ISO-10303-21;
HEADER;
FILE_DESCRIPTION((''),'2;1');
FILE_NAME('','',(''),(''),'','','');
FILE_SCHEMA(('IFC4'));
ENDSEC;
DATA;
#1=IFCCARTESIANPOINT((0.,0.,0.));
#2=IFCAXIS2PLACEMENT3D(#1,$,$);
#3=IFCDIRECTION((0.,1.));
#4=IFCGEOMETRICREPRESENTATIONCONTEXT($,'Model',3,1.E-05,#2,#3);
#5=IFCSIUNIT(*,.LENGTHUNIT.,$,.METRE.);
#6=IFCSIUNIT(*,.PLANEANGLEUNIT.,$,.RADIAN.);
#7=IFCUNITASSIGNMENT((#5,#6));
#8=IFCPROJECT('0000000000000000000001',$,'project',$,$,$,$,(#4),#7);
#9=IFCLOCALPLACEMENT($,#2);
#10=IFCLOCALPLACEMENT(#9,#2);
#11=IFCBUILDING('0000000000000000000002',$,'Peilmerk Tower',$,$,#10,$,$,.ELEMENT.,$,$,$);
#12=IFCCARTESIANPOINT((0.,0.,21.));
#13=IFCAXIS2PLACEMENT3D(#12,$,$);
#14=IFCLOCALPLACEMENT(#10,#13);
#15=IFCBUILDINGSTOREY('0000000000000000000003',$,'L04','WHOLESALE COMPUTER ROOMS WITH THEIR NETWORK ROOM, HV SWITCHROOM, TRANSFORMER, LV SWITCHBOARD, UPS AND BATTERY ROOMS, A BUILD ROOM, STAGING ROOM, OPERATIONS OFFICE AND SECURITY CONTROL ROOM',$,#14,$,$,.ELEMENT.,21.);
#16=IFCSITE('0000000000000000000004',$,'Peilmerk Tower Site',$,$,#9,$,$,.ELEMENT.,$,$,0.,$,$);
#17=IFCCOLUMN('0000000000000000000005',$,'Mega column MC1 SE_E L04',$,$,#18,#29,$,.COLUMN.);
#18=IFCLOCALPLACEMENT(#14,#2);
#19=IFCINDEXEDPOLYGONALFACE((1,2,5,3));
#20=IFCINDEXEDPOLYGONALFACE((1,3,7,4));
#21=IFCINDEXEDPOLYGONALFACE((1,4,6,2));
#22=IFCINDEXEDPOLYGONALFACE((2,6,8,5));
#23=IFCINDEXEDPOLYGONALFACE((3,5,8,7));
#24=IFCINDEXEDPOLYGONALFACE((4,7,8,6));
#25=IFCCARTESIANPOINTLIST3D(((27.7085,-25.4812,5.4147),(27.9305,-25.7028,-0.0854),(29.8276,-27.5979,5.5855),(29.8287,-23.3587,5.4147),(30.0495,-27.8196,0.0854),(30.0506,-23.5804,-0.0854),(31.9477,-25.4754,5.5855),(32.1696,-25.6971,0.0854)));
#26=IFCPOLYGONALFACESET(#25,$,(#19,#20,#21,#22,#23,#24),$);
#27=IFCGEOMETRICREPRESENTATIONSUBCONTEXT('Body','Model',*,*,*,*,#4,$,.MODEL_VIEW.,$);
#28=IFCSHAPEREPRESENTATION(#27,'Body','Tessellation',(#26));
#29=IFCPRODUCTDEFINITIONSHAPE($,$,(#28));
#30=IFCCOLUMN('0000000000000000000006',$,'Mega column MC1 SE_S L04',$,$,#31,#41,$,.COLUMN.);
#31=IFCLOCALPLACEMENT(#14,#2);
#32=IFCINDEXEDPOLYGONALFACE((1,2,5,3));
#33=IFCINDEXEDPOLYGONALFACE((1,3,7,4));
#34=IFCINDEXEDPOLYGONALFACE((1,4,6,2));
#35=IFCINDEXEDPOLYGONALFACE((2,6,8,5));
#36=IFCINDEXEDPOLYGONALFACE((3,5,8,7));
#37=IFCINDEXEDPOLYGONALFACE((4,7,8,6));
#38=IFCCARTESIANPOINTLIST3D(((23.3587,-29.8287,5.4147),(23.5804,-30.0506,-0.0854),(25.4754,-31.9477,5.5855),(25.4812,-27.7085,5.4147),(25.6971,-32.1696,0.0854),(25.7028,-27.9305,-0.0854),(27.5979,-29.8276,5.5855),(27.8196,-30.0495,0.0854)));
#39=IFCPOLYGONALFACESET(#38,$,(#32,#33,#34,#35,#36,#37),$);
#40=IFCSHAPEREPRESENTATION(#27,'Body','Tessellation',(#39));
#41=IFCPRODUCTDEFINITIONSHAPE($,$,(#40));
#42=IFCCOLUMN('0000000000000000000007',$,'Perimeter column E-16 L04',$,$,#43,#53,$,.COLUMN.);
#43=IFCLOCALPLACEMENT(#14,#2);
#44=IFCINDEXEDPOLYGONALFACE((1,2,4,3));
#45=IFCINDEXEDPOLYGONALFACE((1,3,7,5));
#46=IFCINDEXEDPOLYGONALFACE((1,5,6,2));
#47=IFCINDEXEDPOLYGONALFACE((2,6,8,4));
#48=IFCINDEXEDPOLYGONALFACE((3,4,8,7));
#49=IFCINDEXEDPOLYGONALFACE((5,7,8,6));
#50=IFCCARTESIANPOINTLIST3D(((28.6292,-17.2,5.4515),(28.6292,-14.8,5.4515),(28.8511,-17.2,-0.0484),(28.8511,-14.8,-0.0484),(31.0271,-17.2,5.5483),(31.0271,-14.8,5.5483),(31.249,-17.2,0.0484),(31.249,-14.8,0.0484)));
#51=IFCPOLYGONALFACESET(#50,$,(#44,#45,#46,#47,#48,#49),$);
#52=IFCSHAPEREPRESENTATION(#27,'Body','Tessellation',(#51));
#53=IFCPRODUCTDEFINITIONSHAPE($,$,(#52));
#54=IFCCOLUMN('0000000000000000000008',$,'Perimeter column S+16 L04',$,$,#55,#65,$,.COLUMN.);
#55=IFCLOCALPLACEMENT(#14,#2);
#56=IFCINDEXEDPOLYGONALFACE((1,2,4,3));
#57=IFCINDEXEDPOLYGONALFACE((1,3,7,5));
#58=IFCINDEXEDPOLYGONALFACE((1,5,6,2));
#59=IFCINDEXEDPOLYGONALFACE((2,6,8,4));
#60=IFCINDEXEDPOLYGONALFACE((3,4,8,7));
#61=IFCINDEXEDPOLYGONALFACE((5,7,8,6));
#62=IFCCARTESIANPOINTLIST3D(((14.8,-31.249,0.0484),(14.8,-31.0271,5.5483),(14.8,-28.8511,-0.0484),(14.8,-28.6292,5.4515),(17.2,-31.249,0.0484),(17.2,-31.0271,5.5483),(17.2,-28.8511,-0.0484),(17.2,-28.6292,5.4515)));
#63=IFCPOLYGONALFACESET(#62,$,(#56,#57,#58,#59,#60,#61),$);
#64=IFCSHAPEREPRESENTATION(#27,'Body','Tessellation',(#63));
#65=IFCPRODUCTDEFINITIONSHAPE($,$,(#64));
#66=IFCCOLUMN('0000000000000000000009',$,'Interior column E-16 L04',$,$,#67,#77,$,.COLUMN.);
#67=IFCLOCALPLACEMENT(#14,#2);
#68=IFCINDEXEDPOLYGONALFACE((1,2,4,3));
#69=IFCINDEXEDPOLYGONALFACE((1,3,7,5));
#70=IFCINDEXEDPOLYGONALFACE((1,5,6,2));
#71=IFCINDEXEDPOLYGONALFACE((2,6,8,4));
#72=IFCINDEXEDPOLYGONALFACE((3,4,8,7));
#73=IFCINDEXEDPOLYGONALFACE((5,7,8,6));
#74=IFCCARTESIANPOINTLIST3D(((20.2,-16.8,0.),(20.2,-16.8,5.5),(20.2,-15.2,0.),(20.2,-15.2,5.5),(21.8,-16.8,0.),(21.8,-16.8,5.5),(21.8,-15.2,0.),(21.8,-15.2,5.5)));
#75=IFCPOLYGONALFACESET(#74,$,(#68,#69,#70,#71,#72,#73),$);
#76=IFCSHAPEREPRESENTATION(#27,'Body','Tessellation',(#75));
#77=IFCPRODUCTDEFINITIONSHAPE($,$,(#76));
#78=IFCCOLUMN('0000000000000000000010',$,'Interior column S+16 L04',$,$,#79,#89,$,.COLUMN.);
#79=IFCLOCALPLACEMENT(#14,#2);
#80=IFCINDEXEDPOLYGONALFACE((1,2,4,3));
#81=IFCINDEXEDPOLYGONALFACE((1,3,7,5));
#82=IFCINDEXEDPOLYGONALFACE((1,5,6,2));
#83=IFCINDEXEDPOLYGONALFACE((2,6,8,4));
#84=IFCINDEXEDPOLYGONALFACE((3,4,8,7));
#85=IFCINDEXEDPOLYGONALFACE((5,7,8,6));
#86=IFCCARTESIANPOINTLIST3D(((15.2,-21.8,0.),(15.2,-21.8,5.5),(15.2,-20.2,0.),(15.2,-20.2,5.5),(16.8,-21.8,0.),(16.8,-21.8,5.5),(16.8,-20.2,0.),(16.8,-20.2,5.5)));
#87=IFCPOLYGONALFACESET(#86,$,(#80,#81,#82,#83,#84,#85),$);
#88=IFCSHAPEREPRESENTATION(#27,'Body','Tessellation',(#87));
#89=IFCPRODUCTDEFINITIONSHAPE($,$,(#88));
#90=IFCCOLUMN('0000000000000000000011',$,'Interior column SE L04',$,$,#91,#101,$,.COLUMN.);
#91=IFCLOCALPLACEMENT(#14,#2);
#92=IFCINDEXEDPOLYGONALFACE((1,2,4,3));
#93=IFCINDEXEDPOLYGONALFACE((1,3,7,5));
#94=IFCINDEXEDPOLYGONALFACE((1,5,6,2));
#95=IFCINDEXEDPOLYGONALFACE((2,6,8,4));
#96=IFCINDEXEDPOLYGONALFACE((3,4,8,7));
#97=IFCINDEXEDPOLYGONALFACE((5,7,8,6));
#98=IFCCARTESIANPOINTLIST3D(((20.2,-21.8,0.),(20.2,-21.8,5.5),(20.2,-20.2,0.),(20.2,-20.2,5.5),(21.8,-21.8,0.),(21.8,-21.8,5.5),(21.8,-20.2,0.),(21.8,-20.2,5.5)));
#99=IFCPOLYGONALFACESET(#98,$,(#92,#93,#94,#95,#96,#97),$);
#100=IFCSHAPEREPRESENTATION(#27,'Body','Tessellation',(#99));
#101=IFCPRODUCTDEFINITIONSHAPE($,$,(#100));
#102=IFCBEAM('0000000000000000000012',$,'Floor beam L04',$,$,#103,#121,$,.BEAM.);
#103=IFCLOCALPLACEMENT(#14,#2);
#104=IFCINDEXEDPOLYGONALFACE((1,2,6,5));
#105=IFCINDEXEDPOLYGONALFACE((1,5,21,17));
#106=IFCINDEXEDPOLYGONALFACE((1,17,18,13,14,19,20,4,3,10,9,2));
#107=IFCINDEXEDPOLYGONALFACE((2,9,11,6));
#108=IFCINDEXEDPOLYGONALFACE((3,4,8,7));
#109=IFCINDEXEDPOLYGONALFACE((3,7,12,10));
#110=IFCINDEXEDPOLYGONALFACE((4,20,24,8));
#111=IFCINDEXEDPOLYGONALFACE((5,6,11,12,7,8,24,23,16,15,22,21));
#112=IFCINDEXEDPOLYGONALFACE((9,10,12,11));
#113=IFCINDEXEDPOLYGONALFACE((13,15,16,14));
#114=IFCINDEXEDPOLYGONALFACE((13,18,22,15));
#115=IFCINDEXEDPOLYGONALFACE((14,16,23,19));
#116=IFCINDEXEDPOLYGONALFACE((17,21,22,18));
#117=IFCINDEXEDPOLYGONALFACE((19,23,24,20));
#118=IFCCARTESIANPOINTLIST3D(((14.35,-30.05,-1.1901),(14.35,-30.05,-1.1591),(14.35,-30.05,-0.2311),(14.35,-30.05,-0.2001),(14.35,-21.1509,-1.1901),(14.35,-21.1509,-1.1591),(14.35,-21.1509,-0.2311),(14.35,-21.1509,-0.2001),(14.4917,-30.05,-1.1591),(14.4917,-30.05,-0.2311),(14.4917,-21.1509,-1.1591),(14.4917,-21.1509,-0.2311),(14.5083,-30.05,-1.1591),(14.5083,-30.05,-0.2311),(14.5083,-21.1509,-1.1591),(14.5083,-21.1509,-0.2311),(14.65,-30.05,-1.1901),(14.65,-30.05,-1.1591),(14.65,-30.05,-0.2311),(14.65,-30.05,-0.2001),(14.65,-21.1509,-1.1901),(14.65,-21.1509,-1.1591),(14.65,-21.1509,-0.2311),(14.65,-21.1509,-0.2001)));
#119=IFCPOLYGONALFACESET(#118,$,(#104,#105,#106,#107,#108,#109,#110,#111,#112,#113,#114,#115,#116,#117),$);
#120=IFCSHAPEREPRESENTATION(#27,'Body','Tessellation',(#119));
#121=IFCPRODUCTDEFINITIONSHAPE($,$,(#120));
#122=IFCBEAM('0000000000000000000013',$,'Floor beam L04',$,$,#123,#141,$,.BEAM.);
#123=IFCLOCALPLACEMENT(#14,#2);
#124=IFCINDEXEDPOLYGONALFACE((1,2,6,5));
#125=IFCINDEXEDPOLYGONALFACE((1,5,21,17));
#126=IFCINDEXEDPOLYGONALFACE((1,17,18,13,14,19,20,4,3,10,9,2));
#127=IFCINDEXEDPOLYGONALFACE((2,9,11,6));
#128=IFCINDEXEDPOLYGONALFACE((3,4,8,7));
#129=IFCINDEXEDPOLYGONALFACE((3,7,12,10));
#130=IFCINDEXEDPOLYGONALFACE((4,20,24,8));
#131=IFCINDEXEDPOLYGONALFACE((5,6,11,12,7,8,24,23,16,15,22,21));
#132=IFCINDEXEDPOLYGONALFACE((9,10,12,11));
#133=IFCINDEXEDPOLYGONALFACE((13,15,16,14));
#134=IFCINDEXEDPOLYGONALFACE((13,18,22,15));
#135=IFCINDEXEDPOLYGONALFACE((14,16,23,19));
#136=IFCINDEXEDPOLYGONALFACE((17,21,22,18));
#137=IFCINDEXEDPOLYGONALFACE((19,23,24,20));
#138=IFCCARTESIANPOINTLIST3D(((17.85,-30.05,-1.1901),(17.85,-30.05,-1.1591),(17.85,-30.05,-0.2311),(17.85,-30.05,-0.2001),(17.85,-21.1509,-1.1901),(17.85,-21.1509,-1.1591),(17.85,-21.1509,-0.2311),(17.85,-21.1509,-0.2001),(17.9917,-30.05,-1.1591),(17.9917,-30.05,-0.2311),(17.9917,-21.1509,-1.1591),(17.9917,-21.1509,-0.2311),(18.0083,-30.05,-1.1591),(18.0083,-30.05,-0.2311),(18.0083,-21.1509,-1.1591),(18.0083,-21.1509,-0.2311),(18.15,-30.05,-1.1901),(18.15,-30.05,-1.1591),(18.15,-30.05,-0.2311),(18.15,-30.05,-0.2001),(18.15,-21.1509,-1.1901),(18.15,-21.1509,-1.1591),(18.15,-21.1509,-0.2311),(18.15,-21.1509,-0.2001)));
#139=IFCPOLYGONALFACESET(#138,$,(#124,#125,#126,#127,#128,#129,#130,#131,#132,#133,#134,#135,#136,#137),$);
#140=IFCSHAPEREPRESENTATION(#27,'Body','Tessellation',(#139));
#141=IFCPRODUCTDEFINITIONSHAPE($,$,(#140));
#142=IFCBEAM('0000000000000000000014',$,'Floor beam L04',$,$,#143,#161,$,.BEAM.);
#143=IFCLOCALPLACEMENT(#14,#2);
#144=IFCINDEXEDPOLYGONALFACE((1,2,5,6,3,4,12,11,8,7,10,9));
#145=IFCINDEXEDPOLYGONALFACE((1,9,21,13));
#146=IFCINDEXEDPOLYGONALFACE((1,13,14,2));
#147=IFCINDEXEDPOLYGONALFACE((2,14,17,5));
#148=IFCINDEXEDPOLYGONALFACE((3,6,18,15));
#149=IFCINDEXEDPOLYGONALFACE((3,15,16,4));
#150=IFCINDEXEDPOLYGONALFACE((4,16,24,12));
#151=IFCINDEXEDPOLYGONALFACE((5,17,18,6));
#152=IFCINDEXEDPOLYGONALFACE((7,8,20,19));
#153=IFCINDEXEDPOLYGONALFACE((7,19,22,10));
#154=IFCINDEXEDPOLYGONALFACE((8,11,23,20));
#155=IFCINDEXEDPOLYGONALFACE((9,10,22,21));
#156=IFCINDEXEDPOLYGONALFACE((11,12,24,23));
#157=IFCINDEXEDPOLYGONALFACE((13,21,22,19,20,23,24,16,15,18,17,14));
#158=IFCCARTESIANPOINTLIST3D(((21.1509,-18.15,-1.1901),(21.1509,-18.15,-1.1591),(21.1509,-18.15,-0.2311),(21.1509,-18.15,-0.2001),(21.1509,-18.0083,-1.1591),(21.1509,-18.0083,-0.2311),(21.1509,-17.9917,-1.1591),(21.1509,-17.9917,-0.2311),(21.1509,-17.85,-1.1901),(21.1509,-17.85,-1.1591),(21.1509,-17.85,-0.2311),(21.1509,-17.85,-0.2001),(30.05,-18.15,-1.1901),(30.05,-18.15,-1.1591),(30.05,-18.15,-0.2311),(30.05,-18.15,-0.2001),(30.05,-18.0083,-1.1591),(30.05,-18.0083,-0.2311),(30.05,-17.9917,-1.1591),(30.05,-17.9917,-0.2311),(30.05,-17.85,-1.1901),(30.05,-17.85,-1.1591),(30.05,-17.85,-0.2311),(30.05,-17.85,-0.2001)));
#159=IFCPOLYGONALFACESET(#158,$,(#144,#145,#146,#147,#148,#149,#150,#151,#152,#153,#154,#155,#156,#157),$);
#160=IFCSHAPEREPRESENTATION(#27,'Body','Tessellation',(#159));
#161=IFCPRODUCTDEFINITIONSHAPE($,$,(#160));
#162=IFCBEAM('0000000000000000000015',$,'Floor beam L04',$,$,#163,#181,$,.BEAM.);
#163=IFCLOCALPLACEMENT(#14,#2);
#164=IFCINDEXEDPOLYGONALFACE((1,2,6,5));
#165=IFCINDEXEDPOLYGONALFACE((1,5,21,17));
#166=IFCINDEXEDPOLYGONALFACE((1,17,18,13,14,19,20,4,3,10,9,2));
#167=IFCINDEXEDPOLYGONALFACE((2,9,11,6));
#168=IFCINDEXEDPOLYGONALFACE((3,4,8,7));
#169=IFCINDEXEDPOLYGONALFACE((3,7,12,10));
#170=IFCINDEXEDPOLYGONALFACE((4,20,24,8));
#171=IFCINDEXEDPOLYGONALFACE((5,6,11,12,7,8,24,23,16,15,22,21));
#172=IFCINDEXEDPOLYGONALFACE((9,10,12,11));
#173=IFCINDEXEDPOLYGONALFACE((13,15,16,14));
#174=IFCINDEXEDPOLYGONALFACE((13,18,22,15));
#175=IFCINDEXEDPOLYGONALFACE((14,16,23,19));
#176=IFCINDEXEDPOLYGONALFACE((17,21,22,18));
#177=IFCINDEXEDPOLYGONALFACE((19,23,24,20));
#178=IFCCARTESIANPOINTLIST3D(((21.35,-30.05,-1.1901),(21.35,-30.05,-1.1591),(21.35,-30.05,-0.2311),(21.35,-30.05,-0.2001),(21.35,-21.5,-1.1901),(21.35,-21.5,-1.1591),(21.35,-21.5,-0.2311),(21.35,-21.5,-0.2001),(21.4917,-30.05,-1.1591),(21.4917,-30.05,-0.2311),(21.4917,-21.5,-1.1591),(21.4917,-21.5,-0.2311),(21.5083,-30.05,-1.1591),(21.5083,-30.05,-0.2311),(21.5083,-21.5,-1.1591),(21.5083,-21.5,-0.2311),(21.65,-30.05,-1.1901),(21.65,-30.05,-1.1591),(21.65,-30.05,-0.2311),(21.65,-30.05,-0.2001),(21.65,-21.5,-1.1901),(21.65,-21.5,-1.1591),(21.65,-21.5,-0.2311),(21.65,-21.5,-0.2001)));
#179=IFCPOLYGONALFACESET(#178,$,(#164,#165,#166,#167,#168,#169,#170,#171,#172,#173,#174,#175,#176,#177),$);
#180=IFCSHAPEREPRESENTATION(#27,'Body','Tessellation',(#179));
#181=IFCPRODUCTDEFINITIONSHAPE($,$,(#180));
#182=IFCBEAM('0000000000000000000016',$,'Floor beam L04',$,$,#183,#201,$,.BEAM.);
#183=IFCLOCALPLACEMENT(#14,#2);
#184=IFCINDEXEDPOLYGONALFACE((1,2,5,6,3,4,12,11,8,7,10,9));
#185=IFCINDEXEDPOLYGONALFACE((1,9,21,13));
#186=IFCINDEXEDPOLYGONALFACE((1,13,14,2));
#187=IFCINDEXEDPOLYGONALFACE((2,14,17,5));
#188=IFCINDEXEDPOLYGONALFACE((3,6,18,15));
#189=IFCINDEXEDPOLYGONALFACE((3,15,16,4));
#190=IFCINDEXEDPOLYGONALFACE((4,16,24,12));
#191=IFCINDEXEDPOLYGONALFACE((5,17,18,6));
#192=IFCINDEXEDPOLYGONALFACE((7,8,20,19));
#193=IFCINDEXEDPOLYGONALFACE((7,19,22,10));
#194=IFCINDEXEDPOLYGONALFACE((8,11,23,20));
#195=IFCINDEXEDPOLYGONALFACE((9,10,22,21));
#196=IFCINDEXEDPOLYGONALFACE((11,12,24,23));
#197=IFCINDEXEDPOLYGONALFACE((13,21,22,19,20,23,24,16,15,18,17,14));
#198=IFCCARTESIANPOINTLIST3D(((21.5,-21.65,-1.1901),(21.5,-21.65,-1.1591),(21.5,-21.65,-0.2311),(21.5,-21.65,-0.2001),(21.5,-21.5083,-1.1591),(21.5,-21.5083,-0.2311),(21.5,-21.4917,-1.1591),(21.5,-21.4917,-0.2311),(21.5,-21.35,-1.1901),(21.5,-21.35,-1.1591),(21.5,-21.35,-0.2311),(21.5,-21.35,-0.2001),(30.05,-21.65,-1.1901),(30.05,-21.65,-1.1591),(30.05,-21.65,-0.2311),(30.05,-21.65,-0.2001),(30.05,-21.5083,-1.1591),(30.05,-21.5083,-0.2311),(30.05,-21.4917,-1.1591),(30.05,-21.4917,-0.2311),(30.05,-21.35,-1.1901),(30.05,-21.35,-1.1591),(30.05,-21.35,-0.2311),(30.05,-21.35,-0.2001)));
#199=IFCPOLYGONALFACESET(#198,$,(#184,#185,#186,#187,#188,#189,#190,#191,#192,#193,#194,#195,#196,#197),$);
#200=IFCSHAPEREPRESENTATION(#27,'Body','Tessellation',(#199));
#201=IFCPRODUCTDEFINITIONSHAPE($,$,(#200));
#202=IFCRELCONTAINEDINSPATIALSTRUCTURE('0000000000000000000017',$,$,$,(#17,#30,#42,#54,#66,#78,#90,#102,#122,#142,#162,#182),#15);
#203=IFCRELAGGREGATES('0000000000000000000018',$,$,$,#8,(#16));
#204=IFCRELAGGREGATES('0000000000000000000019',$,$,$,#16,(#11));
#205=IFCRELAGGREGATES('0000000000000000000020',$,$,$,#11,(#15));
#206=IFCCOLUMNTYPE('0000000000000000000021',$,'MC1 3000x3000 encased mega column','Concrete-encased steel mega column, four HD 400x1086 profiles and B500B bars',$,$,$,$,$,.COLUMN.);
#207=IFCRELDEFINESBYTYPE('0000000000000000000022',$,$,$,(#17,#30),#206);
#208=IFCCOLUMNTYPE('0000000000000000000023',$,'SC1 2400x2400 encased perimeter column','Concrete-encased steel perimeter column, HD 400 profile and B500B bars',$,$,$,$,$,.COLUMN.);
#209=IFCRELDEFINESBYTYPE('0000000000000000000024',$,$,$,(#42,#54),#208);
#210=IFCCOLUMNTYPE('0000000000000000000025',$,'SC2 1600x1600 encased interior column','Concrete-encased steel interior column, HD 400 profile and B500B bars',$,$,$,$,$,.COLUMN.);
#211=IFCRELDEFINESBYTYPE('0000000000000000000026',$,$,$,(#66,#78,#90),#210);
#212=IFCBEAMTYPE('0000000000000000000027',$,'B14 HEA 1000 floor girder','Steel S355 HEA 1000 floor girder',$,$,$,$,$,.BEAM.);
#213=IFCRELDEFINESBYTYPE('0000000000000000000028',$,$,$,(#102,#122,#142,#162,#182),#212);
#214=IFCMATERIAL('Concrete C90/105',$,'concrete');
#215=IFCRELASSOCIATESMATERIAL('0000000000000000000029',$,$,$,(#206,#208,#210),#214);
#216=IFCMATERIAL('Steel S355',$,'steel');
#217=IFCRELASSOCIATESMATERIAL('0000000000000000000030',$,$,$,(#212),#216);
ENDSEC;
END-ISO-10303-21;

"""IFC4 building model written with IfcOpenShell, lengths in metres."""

from ifc_helpers import new_model, si_unit, direction, frame, origin, origin_2d, place, context, subcontext, project, spatial, rectangle, i_section, extrude, material, material_profile, profile_set, type_object, element, save


model = new_model("IFC4")

# Units and contexts
model_context = context("Model", 3, precision=1e-05, world=origin(), true_north=direction((0.0, 1.0)))
body_context = subcontext(model_context, "Body", "Model", "MODEL_VIEW")
ifc_project = project(units=[si_unit("LENGTHUNIT", "METRE"), si_unit("PLANEANGLEUNIT", "RADIAN")], contexts=[model_context])

# Site, building, storey
site_placement = place(None, origin())
site = spatial("IfcSite", under=ifc_project, at=site_placement, Name="Peilmerk Tower Site", CompositionType="ELEMENT", RefElevation=0.0)
building_placement = place(site_placement, origin())
building = spatial("IfcBuilding", under=site, at=building_placement, Name="Peilmerk Tower", CompositionType="ELEMENT")
storey_placement = place(building_placement, frame((0.0, 0.0, 21.0)))
storey = spatial("IfcBuildingStorey", under=building, at=storey_placement, Name="L04", Description="WHOLESALE COMPUTER ROOMS WITH THEIR NETWORK ROOM, HV SWITCHROOM, TRANSFORMER, LV SWITCHBOARD, UPS AND BATTERY ROOMS, A BUILD ROOM, STAGING ROOM, OPERATIONS OFFICE AND SECURITY CONTROL ROOM", CompositionType="ELEMENT", Elevation=21.0)

# Columns
ifc_material_1 = material(Name="Concrete C90/105", Category="concrete")
ifc_material_profile_1 = material_profile(ifc_material_1, rectangle(XDim=3.0, YDim=3.0, at=origin_2d()), Name="RC 3000x3000")
ifc_profile_set_1 = profile_set([ifc_material_profile_1], Name="Concrete C90/105")
column_type_1 = type_object("IfcColumnType", Name="MC1 3000x3000 encased mega column", Description="Concrete-encased steel mega column, four HD 400x1086 profiles and B500B bars", PredefinedType="COLUMN", material=ifc_profile_set_1)
for number, where, z_axis, x_axis, name in (
    (1, (30.05, -25.7, 0.0), (-0.040284, 0.04024, 0.998378), (-0.706718, -0.707496, 0.0), "Mega column MC1 SE_E L04"),
    (2, (25.7, -30.05, 0.0), (-0.04024, 0.040284, 0.998378), (-0.707496, -0.706718, 0.0), "Mega column MC1 SE_S L04"),
):
    element("IfcColumn", number, at=place(storey_placement, frame(where, z_axis=z_axis, x_axis=x_axis)), inside=storey, type_object=column_type_1, Name=name, PredefinedType="COLUMN", context=body_context, shape_type="SweptSolid", body=[
        extrude(rectangle(XDim=3.0, YDim=3.0, at=origin_2d()), origin(), (0.0, 0.0, 1.0), 5.509),
    ])
ifc_material_profile_2 = material_profile(ifc_material_1, rectangle(XDim=2.3999, YDim=2.3999, at=origin_2d()), Name="RC 2400x2400")
ifc_profile_set_2 = profile_set([ifc_material_profile_2], Name="Concrete C90/105")
column_type_2 = type_object("IfcColumnType", Name="SC1 2400x2400 encased perimeter column", Description="Concrete-encased steel perimeter column, HD 400 profile and B500B bars", PredefinedType="COLUMN", material=ifc_profile_set_2)
for number, where, z_axis, x_axis, name in (
    (3, (30.05, -16.0, 0.0), (-0.040317, 0.0, 0.999187), (0.0, -1.0, 0.0), "Perimeter column E-16 L04"),
    (4, (16.0, -30.05, 0.0), (0.0, 0.040317, 0.999187), (-1.0, 0.0, 0.0), "Perimeter column S+16 L04"),
):
    element("IfcColumn", number, at=place(storey_placement, frame(where, z_axis=z_axis, x_axis=x_axis)), inside=storey, type_object=column_type_2, Name=name, PredefinedType="COLUMN", context=body_context, shape_type="SweptSolid", body=[
        extrude(rectangle(XDim=2.3999, YDim=2.3999, at=origin_2d()), origin(), (0.0, 0.0, 1.0), 5.5044),
    ])
ifc_material_profile_3 = material_profile(ifc_material_1, rectangle(XDim=1.6001, YDim=1.6001, at=origin_2d()), Name="RC 1600x1600")
ifc_profile_set_3 = profile_set([ifc_material_profile_3], Name="Concrete C90/105")
column_type_3 = type_object("IfcColumnType", Name="SC2 1600x1600 encased interior column", Description="Concrete-encased steel interior column, HD 400 profile and B500B bars", PredefinedType="COLUMN", material=ifc_profile_set_3)
for number, where, z_axis, x_axis, name in (
    (5, (21.0, -16.0, 0.0), (0.0, 0.0, 1.0), (1.0, 0.0, 0.0), "Interior column E-16 L04"),
    (6, (16.0, -21.0, 0.0), (0.0, 0.0, 1.0), (1.0, 0.0, 0.0), "Interior column S+16 L04"),
    (7, (21.0, -21.0, 0.0), (0.0, 0.0, 1.0), (1.0, 0.0, 0.0), "Interior column SE L04"),
):
    element("IfcColumn", number, at=place(storey_placement, frame(where, z_axis=z_axis, x_axis=x_axis)), inside=storey, type_object=column_type_3, Name=name, PredefinedType="COLUMN", context=body_context, shape_type="SweptSolid", body=[
        extrude(rectangle(XDim=1.6001, YDim=1.6001, at=origin_2d()), origin(), (0.0, 0.0, 1.0), 5.5),
    ])

# Beams
ifc_material_2 = material(Name="Steel S355", Category="steel")
ifc_material_profile_4 = material_profile(ifc_material_2, i_section(OverallWidth=0.3, OverallDepth=0.99, WebThickness=0.0166, FlangeThickness=0.031, at=origin_2d()), Name="HEA 1000")
ifc_profile_set_4 = profile_set([ifc_material_profile_4], Name="Steel S355")
beam_type_1 = type_object("IfcBeamType", Name="B14 HEA 1000 floor girder", Description="Steel S355 HEA 1000 floor girder", PredefinedType="BEAM", material=ifc_profile_set_4)
for number, where, z_axis, x_axis, name in (
    (8, (14.5, -21.1509, -0.6951), (0.0, -1.0, 0.0), (1.0, 0.0, 0.0), "Floor beam L04"),
    (9, (18.0, -21.1509, -0.6951), (0.0, -1.0, 0.0), (1.0, 0.0, 0.0), "Floor beam L04"),
    (10, (21.1509, -18.0, -0.6951), (1.0, 0.0, 0.0), (0.0, 1.0, 0.0), "Floor beam L04"),
):
    element("IfcBeam", number, at=place(storey_placement, frame(where, z_axis=z_axis, x_axis=x_axis)), inside=storey, type_object=beam_type_1, Name=name, PredefinedType="BEAM", context=body_context, shape_type="SweptSolid", body=[
        extrude(i_section(OverallWidth=0.3, OverallDepth=0.99, WebThickness=0.0166, FlangeThickness=0.031, at=origin_2d()), origin(), (0.0, 0.0, 1.0), 8.8992),
    ])
for number, where, z_axis, x_axis, name in (
    (11, (21.5, -21.5, -0.6951), (0.0, -1.0, 0.0), (1.0, 0.0, 0.0), "Floor beam L04"),
    (12, (21.5, -21.5, -0.6951), (1.0, 0.0, 0.0), (0.0, 1.0, 0.0), "Floor beam L04"),
):
    element("IfcBeam", number, at=place(storey_placement, frame(where, z_axis=z_axis, x_axis=x_axis)), inside=storey, type_object=beam_type_1, Name=name, PredefinedType="BEAM", context=body_context, shape_type="SweptSolid", body=[
        extrude(i_section(OverallWidth=0.3, OverallDepth=0.99, WebThickness=0.0166, FlangeThickness=0.031, at=origin_2d()), origin(), (0.0, 0.0, 1.0), 8.55),
    ])

save(model, "model.ifc")
